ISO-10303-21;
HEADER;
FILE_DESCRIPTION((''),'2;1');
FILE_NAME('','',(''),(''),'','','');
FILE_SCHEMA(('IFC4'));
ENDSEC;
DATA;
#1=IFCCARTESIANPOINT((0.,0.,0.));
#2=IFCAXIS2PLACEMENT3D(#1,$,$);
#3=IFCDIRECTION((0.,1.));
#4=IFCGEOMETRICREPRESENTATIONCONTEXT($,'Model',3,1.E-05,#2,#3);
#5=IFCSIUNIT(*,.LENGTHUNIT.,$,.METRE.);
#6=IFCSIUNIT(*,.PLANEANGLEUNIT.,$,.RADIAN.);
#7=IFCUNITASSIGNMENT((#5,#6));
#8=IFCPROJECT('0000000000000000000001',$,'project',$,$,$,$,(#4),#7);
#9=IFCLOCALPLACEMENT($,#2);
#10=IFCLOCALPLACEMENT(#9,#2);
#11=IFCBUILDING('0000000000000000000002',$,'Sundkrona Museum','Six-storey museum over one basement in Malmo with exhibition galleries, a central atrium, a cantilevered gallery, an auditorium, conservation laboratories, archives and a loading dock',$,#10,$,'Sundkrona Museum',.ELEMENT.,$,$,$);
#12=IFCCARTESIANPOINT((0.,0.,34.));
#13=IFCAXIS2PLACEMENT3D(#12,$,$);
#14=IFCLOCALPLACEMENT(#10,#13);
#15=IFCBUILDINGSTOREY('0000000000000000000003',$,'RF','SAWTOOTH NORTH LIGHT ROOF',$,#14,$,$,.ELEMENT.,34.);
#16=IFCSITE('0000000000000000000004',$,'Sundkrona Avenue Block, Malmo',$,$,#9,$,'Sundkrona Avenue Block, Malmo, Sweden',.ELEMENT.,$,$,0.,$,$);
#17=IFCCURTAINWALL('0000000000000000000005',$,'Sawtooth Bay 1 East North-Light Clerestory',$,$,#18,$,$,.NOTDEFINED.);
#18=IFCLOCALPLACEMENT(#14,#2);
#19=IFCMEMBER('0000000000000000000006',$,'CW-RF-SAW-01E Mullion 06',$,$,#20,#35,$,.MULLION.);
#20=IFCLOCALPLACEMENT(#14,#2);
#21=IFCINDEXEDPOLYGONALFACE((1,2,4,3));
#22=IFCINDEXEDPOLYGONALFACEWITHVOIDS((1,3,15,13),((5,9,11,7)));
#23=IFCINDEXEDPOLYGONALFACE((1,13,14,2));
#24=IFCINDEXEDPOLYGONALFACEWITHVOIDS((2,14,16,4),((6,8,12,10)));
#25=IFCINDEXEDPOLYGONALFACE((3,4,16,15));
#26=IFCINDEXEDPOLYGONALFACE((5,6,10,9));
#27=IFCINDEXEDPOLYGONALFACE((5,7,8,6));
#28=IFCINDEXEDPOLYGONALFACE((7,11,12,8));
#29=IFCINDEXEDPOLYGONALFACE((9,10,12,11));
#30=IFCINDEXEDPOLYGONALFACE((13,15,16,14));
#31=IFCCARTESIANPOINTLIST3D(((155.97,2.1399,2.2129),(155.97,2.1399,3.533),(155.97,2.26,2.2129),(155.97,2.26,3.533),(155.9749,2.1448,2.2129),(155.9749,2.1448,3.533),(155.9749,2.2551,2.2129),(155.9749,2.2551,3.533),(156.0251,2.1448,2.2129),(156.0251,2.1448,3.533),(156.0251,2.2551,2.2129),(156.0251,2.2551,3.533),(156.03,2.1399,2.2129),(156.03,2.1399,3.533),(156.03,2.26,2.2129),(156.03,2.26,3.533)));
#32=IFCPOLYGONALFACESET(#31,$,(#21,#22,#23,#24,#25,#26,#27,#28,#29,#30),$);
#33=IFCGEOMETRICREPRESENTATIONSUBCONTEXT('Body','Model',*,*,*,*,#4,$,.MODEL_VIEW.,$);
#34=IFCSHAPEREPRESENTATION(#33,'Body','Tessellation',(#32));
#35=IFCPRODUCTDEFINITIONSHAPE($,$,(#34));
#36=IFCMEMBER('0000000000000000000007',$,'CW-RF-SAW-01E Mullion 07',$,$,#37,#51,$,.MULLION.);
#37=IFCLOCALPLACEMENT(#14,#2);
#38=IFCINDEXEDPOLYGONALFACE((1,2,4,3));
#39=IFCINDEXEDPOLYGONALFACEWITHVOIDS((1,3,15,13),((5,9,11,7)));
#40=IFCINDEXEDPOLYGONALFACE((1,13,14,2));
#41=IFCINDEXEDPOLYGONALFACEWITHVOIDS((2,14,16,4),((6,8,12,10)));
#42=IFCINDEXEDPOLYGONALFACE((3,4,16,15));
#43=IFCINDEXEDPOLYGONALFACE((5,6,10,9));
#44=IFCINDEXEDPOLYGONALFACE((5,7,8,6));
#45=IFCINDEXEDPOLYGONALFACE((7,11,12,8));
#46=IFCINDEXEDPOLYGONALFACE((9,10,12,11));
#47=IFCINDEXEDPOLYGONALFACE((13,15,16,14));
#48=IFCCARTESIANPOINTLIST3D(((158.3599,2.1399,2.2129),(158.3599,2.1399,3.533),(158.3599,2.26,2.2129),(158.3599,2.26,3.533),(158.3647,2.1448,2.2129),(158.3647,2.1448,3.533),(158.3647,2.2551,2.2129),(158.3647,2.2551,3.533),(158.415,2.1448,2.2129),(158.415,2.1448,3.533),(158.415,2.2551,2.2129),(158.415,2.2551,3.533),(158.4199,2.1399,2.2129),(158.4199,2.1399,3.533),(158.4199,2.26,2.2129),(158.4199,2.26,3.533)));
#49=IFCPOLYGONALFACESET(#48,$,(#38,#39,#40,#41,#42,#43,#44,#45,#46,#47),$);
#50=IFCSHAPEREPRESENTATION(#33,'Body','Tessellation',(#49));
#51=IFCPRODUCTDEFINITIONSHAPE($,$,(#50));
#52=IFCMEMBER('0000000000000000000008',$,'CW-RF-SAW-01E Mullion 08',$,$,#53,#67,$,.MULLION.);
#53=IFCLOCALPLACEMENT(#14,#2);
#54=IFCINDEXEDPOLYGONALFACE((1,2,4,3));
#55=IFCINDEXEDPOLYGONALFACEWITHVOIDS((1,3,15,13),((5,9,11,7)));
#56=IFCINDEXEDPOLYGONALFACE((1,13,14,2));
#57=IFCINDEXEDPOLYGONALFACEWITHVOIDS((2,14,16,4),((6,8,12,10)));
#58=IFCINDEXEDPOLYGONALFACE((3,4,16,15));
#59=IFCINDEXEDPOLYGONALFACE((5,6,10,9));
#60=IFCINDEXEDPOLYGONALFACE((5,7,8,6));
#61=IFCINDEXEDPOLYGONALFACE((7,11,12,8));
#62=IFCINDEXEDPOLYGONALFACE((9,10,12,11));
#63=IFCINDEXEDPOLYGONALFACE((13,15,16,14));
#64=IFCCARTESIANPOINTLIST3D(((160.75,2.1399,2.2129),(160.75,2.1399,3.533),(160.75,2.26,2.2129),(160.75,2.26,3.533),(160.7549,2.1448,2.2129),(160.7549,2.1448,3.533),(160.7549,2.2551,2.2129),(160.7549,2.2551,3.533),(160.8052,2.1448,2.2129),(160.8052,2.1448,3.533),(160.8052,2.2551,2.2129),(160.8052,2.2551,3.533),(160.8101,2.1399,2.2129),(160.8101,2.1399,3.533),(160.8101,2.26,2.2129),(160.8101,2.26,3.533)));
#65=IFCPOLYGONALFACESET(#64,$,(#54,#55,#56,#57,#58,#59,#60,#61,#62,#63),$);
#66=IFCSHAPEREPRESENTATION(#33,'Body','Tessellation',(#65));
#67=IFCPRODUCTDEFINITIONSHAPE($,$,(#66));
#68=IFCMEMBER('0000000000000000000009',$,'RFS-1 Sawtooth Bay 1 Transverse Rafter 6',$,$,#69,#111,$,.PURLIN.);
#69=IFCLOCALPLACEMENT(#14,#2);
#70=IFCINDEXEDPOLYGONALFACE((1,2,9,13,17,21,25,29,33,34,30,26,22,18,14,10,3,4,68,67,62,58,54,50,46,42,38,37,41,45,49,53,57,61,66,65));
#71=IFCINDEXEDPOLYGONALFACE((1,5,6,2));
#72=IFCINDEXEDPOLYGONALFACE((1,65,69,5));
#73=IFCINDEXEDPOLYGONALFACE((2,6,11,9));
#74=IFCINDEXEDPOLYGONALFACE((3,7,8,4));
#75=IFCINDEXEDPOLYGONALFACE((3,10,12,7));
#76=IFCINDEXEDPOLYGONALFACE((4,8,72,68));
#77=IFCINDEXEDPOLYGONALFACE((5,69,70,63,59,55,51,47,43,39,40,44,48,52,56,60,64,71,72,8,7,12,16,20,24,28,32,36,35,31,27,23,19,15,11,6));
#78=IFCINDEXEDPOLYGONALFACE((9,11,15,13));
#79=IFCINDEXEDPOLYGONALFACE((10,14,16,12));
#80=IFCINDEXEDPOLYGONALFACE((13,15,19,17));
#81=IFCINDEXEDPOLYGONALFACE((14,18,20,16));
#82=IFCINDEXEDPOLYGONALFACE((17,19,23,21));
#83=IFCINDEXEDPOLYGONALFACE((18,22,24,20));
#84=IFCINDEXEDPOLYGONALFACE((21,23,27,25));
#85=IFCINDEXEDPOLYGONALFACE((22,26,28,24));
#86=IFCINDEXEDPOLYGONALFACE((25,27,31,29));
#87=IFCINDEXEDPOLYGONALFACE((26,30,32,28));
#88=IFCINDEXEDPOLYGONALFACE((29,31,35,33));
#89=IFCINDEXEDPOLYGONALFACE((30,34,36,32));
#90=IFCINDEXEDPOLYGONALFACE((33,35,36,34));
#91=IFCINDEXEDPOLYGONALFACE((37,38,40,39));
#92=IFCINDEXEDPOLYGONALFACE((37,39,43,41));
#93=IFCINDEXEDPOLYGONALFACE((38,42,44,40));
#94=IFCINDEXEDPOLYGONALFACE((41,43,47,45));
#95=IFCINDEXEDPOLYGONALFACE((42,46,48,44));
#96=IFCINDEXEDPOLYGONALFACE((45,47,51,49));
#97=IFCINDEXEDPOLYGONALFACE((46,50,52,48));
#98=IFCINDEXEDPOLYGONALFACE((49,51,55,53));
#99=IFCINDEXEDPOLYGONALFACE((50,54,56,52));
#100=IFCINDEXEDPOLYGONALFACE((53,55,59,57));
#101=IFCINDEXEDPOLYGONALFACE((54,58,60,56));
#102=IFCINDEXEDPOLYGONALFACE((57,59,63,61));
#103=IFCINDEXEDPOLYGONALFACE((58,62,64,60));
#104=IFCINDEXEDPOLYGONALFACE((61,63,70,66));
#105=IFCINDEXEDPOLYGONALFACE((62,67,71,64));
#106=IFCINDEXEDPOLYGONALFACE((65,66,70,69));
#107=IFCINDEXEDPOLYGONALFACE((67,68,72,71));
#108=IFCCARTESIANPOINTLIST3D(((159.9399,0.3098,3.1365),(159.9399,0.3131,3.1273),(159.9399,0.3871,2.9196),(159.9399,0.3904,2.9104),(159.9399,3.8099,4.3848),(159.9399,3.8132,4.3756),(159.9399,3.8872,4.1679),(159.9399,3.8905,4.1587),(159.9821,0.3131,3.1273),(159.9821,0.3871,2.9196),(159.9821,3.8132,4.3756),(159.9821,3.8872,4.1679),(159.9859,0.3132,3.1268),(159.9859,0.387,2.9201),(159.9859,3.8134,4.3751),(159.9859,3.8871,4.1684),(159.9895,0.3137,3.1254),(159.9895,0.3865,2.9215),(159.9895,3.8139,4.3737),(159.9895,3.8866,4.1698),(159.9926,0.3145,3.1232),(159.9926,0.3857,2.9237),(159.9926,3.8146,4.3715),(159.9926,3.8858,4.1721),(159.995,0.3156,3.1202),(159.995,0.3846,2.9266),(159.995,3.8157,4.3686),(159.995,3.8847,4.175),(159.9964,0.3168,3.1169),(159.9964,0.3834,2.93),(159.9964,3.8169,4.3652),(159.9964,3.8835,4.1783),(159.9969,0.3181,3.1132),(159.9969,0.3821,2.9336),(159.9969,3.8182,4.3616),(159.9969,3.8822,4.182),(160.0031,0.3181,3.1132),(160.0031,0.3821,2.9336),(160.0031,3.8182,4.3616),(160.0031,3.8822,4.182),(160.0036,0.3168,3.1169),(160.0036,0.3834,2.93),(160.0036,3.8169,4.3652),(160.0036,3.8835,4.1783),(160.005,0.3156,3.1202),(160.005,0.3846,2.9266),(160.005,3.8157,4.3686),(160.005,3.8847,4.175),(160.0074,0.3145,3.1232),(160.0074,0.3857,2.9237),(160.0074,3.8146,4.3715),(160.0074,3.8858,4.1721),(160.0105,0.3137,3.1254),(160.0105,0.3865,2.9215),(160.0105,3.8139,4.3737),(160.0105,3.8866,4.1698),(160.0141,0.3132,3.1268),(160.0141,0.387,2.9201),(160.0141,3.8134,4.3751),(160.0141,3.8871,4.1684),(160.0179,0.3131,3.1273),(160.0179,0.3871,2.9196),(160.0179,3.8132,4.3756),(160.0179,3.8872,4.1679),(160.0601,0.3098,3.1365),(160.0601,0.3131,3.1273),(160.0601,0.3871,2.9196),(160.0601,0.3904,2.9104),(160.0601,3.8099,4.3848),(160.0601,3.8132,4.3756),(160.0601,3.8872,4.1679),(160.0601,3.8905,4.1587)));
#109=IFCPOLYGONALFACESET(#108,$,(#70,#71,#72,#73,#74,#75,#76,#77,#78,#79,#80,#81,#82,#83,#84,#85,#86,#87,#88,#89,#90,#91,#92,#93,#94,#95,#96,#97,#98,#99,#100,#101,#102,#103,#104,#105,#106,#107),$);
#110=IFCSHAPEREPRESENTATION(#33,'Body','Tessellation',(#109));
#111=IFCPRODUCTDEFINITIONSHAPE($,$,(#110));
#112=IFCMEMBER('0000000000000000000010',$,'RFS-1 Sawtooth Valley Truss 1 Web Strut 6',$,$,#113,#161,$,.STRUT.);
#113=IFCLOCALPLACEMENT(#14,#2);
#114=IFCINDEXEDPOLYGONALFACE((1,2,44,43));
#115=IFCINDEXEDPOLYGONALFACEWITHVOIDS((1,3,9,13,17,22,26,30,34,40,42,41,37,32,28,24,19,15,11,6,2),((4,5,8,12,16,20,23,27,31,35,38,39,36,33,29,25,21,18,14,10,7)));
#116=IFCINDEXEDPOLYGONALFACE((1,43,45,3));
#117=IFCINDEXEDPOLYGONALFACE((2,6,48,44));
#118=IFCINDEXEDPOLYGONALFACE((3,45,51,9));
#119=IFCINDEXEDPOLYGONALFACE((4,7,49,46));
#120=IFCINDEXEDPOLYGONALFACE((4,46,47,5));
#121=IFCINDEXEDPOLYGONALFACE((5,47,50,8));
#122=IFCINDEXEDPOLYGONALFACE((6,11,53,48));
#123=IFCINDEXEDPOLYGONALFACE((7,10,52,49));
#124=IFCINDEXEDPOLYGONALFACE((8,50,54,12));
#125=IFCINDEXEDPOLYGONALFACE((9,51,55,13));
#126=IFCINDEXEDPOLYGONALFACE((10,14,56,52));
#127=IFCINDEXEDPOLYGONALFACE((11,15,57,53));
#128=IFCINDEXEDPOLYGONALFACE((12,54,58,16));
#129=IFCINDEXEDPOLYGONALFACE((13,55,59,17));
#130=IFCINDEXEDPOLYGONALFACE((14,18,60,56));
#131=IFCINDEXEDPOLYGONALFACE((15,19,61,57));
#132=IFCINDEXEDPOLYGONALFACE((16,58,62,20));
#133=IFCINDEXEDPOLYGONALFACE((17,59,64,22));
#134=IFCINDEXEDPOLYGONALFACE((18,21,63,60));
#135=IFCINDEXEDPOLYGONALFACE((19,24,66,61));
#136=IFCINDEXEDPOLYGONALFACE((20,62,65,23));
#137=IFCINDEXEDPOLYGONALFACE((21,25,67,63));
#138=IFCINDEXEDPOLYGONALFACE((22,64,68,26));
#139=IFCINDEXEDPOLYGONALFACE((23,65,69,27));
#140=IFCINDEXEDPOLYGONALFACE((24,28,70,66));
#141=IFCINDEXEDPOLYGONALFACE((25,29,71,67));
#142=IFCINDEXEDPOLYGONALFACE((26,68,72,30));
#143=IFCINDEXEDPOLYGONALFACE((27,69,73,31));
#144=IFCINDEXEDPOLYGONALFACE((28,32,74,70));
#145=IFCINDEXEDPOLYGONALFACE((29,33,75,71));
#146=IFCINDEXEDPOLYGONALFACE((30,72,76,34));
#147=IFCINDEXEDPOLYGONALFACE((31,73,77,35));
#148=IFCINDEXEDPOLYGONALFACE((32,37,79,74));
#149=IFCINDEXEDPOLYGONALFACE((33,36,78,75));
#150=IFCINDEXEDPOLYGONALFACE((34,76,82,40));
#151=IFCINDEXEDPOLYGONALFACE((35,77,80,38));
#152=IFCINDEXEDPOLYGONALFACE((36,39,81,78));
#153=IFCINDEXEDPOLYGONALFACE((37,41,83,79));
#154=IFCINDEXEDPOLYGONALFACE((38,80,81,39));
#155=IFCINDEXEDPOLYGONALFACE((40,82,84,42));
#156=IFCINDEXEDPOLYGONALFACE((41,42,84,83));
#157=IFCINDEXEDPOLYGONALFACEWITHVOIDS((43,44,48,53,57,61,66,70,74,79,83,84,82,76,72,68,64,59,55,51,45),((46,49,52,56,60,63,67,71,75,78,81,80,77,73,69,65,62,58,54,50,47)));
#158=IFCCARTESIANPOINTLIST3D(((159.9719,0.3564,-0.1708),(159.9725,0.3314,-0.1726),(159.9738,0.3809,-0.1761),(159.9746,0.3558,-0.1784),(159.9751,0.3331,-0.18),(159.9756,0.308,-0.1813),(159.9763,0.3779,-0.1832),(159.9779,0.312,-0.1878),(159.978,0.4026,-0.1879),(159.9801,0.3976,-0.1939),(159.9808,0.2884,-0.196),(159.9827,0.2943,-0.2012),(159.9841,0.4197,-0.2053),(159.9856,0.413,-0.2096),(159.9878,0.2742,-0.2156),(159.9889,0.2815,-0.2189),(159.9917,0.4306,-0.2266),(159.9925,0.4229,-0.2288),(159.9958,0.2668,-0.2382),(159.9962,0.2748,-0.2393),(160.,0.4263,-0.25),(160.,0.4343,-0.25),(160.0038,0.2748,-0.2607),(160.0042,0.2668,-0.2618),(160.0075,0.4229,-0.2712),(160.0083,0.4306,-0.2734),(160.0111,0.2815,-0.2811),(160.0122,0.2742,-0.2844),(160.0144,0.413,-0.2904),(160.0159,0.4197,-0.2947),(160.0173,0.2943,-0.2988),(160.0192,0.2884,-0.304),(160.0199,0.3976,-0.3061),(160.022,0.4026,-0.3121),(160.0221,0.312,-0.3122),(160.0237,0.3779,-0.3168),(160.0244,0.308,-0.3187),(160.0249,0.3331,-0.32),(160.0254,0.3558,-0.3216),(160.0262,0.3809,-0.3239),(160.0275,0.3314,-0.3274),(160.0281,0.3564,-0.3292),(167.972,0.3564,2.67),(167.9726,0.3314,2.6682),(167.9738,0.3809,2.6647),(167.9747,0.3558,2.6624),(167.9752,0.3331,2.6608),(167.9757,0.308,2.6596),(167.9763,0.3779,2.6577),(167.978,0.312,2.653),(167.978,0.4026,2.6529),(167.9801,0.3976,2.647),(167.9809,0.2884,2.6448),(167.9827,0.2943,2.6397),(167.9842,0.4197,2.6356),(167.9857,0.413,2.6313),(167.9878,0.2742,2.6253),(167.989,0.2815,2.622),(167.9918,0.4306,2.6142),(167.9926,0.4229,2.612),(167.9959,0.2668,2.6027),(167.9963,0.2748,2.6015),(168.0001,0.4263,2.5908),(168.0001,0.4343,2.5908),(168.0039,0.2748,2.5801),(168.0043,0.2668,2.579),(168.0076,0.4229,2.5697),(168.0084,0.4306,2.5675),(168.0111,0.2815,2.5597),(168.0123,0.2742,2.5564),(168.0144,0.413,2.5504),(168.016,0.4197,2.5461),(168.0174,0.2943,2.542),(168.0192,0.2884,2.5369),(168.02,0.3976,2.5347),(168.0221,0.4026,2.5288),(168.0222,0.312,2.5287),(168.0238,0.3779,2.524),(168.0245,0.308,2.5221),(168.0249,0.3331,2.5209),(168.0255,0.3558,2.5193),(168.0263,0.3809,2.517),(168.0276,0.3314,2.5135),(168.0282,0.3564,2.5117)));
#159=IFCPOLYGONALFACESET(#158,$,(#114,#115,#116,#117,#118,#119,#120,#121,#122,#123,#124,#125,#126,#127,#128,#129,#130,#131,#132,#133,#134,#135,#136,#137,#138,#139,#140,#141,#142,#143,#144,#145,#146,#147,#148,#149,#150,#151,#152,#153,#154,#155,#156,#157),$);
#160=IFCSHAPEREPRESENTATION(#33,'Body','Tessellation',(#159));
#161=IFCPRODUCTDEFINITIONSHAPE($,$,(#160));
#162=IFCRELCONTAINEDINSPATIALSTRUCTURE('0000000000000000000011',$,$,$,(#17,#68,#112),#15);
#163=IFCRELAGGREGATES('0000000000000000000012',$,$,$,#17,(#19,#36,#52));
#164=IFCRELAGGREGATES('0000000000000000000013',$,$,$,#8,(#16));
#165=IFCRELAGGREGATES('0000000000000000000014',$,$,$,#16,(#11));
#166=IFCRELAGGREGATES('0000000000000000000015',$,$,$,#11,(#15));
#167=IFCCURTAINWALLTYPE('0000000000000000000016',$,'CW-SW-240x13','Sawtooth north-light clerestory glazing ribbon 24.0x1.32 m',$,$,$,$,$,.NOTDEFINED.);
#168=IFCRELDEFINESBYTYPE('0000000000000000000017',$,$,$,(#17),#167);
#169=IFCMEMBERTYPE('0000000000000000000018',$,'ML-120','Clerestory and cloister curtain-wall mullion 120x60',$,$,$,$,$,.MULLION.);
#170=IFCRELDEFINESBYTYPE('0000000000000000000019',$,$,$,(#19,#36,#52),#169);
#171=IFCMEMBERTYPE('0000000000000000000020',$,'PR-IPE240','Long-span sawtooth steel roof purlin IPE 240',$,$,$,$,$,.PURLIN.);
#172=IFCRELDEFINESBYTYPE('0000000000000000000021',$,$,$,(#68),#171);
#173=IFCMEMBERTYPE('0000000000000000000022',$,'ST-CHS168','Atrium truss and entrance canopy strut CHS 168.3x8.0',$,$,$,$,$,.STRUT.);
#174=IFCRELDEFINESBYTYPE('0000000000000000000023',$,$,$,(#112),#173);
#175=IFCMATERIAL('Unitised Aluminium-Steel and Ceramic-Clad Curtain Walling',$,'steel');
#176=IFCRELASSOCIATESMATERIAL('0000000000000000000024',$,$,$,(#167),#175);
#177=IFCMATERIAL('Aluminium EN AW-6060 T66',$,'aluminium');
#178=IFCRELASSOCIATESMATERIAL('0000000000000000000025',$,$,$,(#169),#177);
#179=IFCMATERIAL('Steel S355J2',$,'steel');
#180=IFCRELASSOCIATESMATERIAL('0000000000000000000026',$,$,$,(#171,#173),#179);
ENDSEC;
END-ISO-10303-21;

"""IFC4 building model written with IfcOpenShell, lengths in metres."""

from ifc_helpers import new_model, si_unit, direction, frame, origin, origin_2d, place, context, subcontext, project, spatial, hollow_rectangle, hollow_circle, i_section, extrude, material, material_profile, profile_set, type_object, element, aggregate, save


model = new_model("IFC4")

# Units and contexts
model_context = context("Model", 3, precision=1e-05, world=origin(), true_north=direction((0.0, 1.0)))
body_context = subcontext(model_context, "Body", "Model", "MODEL_VIEW")
ifc_project = project(units=[si_unit("LENGTHUNIT", "METRE"), si_unit("PLANEANGLEUNIT", "RADIAN")], contexts=[model_context])

# Site, building, storey
site_placement = place(None, origin())
site = spatial("IfcSite", under=ifc_project, at=site_placement, Name="Sundkrona Avenue Block, Malmo", LongName="Sundkrona Avenue Block, Malmo, Sweden", CompositionType="ELEMENT", RefElevation=0.0)
building_placement = place(site_placement, origin())
building = spatial("IfcBuilding", under=site, at=building_placement, Name="Sundkrona Museum", Description="Six-storey museum over one basement in Malmo with exhibition galleries, a central atrium, a cantilevered gallery, an auditorium, conservation laboratories, archives and a loading dock", LongName="Sundkrona Museum", CompositionType="ELEMENT")
storey_placement = place(building_placement, frame((0.0, 0.0, 34.0)))
storey = spatial("IfcBuildingStorey", under=building, at=storey_placement, Name="RF", Description="SAWTOOTH NORTH LIGHT ROOF", CompositionType="ELEMENT", Elevation=34.0)

# Curtain wall, members
ifc_material_1 = material(Name="Unitised Aluminium-Steel and Ceramic-Clad Curtain Walling", Category="steel")
curtain_wall_type = type_object("IfcCurtainWallType", Name="CW-SW-240x13", Description="Sawtooth north-light clerestory glazing ribbon 24.0x1.32 m", PredefinedType="NOTDEFINED", material=ifc_material_1)
curtain_wall_placement = place(storey_placement, origin())
curtain_wall = element("IfcCurtainWall", 1, at=curtain_wall_placement, inside=storey, type_object=curtain_wall_type, Name="Sawtooth Bay 1 East North-Light Clerestory", PredefinedType="NOTDEFINED")
ifc_material_2 = material(Name="Aluminium EN AW-6060 T66", Category="aluminium")
ifc_material_profile_1 = material_profile(ifc_material_2, hollow_rectangle(XDim=0.0601, YDim=0.1201, WallThickness=0.0049, at=origin_2d()), Name="RHS 120x60x5.0")
ifc_profile_set_1 = profile_set([ifc_material_profile_1], Name="Aluminium EN AW-6060 T66")
member_type_1 = type_object("IfcMemberType", Name="ML-120", Description="Clerestory and cloister curtain-wall mullion 120x60", PredefinedType="MULLION", material=ifc_profile_set_1)
member_1_placement = place(storey_placement, frame((156.0, 2.2, 2.2129), z_axis=(0.0, 0.0, 1.0), x_axis=(1.0, 0.0, 0.0)))
member_1 = element("IfcMember", 2, at=member_1_placement, type_object=member_type_1, Name="CW-RF-SAW-01E Mullion 06", PredefinedType="MULLION", context=body_context, shape_type="SweptSolid", body=[
    extrude(hollow_rectangle(XDim=0.0601, YDim=0.1201, WallThickness=0.0049, at=origin_2d()), origin(), (0.0, 0.0, 1.0), 1.3201),
])
member_2_placement = place(storey_placement, frame((158.3899, 2.2, 2.2129), z_axis=(0.0, 0.0, 1.0), x_axis=(1.0, 0.0, 0.0)))
member_2 = element("IfcMember", 3, at=member_2_placement, type_object=member_type_1, Name="CW-RF-SAW-01E Mullion 07", PredefinedType="MULLION", context=body_context, shape_type="SweptSolid", body=[
    extrude(hollow_rectangle(XDim=0.0601, YDim=0.1201, WallThickness=0.0049, at=origin_2d()), origin(), (0.0, 0.0, 1.0), 1.3201),
])
member_3_placement = place(storey_placement, frame((160.78, 2.2, 2.2129), z_axis=(0.0, 0.0, 1.0), x_axis=(1.0, 0.0, 0.0)))
member_3 = element("IfcMember", 4, at=member_3_placement, type_object=member_type_1, Name="CW-RF-SAW-01E Mullion 08", PredefinedType="MULLION", context=body_context, shape_type="SweptSolid", body=[
    extrude(hollow_rectangle(XDim=0.0601, YDim=0.1201, WallThickness=0.0049, at=origin_2d()), origin(), (0.0, 0.0, 1.0), 1.3201),
])

# Members
ifc_material_3 = material(Name="Steel S355J2", Category="steel")
ifc_material_profile_2 = material_profile(ifc_material_3, i_section(OverallWidth=0.1201, OverallDepth=0.24, WebThickness=0.0061, FlangeThickness=0.0098, FilletRadius=0.0149, at=origin_2d()), Name="IPE 240")
ifc_profile_set_2 = profile_set([ifc_material_profile_2], Name="Steel S355J2")
member_type_2 = type_object("IfcMemberType", Name="PR-IPE240", Description="Long-span sawtooth steel roof purlin IPE 240", PredefinedType="PURLIN", material=ifc_profile_set_2)
member_4_placement = place(storey_placement, frame((160.0, 0.3501, 3.0234), z_axis=(0.0, 0.941887, 0.335928), x_axis=(-1.0, 0.0, 0.0)))
element("IfcMember", 5, at=member_4_placement, inside=storey, type_object=member_type_2, Name="RFS-1 Sawtooth Bay 1 Transverse Rafter 6", PredefinedType="PURLIN", context=body_context, shape_type="SweptSolid", body=[
    extrude(i_section(OverallWidth=0.1201, OverallDepth=0.24, WebThickness=0.0061, FlangeThickness=0.0098, FilletRadius=0.0149, at=origin_2d()), origin(), (0.0, 0.0, 1.0), 3.7161),
])
ifc_material_profile_3 = material_profile(ifc_material_3, hollow_circle(Radius=0.0842, WallThickness=0.0081, at=origin_2d()), Name="CHS 168.3x8.0")
ifc_profile_set_3 = profile_set([ifc_material_profile_3], Name="Steel S355J2")
member_type_3 = type_object("IfcMemberType", Name="ST-CHS168", Description="Atrium truss and entrance canopy strut CHS 168.3x8.0", PredefinedType="STRUT", material=ifc_profile_set_3)
member_5_placement = place(storey_placement, frame((160.0, 0.3501, -0.25), z_axis=(0.942349, 0.0, 0.334631), x_axis=(0.0, 1.0, 0.0)))
element("IfcMember", 6, at=member_5_placement, inside=storey, type_object=member_type_3, Name="RFS-1 Sawtooth Valley Truss 1 Web Strut 6", PredefinedType="STRUT", context=body_context, shape_type="SweptSolid", body=[
    extrude(hollow_circle(Radius=0.0842, WallThickness=0.0081, at=origin_2d()), origin(), (0.0, 0.0, 1.0), 8.4895),
])

aggregate(curtain_wall, [member_1, member_2, member_3])

save(model, "model.ifc")
